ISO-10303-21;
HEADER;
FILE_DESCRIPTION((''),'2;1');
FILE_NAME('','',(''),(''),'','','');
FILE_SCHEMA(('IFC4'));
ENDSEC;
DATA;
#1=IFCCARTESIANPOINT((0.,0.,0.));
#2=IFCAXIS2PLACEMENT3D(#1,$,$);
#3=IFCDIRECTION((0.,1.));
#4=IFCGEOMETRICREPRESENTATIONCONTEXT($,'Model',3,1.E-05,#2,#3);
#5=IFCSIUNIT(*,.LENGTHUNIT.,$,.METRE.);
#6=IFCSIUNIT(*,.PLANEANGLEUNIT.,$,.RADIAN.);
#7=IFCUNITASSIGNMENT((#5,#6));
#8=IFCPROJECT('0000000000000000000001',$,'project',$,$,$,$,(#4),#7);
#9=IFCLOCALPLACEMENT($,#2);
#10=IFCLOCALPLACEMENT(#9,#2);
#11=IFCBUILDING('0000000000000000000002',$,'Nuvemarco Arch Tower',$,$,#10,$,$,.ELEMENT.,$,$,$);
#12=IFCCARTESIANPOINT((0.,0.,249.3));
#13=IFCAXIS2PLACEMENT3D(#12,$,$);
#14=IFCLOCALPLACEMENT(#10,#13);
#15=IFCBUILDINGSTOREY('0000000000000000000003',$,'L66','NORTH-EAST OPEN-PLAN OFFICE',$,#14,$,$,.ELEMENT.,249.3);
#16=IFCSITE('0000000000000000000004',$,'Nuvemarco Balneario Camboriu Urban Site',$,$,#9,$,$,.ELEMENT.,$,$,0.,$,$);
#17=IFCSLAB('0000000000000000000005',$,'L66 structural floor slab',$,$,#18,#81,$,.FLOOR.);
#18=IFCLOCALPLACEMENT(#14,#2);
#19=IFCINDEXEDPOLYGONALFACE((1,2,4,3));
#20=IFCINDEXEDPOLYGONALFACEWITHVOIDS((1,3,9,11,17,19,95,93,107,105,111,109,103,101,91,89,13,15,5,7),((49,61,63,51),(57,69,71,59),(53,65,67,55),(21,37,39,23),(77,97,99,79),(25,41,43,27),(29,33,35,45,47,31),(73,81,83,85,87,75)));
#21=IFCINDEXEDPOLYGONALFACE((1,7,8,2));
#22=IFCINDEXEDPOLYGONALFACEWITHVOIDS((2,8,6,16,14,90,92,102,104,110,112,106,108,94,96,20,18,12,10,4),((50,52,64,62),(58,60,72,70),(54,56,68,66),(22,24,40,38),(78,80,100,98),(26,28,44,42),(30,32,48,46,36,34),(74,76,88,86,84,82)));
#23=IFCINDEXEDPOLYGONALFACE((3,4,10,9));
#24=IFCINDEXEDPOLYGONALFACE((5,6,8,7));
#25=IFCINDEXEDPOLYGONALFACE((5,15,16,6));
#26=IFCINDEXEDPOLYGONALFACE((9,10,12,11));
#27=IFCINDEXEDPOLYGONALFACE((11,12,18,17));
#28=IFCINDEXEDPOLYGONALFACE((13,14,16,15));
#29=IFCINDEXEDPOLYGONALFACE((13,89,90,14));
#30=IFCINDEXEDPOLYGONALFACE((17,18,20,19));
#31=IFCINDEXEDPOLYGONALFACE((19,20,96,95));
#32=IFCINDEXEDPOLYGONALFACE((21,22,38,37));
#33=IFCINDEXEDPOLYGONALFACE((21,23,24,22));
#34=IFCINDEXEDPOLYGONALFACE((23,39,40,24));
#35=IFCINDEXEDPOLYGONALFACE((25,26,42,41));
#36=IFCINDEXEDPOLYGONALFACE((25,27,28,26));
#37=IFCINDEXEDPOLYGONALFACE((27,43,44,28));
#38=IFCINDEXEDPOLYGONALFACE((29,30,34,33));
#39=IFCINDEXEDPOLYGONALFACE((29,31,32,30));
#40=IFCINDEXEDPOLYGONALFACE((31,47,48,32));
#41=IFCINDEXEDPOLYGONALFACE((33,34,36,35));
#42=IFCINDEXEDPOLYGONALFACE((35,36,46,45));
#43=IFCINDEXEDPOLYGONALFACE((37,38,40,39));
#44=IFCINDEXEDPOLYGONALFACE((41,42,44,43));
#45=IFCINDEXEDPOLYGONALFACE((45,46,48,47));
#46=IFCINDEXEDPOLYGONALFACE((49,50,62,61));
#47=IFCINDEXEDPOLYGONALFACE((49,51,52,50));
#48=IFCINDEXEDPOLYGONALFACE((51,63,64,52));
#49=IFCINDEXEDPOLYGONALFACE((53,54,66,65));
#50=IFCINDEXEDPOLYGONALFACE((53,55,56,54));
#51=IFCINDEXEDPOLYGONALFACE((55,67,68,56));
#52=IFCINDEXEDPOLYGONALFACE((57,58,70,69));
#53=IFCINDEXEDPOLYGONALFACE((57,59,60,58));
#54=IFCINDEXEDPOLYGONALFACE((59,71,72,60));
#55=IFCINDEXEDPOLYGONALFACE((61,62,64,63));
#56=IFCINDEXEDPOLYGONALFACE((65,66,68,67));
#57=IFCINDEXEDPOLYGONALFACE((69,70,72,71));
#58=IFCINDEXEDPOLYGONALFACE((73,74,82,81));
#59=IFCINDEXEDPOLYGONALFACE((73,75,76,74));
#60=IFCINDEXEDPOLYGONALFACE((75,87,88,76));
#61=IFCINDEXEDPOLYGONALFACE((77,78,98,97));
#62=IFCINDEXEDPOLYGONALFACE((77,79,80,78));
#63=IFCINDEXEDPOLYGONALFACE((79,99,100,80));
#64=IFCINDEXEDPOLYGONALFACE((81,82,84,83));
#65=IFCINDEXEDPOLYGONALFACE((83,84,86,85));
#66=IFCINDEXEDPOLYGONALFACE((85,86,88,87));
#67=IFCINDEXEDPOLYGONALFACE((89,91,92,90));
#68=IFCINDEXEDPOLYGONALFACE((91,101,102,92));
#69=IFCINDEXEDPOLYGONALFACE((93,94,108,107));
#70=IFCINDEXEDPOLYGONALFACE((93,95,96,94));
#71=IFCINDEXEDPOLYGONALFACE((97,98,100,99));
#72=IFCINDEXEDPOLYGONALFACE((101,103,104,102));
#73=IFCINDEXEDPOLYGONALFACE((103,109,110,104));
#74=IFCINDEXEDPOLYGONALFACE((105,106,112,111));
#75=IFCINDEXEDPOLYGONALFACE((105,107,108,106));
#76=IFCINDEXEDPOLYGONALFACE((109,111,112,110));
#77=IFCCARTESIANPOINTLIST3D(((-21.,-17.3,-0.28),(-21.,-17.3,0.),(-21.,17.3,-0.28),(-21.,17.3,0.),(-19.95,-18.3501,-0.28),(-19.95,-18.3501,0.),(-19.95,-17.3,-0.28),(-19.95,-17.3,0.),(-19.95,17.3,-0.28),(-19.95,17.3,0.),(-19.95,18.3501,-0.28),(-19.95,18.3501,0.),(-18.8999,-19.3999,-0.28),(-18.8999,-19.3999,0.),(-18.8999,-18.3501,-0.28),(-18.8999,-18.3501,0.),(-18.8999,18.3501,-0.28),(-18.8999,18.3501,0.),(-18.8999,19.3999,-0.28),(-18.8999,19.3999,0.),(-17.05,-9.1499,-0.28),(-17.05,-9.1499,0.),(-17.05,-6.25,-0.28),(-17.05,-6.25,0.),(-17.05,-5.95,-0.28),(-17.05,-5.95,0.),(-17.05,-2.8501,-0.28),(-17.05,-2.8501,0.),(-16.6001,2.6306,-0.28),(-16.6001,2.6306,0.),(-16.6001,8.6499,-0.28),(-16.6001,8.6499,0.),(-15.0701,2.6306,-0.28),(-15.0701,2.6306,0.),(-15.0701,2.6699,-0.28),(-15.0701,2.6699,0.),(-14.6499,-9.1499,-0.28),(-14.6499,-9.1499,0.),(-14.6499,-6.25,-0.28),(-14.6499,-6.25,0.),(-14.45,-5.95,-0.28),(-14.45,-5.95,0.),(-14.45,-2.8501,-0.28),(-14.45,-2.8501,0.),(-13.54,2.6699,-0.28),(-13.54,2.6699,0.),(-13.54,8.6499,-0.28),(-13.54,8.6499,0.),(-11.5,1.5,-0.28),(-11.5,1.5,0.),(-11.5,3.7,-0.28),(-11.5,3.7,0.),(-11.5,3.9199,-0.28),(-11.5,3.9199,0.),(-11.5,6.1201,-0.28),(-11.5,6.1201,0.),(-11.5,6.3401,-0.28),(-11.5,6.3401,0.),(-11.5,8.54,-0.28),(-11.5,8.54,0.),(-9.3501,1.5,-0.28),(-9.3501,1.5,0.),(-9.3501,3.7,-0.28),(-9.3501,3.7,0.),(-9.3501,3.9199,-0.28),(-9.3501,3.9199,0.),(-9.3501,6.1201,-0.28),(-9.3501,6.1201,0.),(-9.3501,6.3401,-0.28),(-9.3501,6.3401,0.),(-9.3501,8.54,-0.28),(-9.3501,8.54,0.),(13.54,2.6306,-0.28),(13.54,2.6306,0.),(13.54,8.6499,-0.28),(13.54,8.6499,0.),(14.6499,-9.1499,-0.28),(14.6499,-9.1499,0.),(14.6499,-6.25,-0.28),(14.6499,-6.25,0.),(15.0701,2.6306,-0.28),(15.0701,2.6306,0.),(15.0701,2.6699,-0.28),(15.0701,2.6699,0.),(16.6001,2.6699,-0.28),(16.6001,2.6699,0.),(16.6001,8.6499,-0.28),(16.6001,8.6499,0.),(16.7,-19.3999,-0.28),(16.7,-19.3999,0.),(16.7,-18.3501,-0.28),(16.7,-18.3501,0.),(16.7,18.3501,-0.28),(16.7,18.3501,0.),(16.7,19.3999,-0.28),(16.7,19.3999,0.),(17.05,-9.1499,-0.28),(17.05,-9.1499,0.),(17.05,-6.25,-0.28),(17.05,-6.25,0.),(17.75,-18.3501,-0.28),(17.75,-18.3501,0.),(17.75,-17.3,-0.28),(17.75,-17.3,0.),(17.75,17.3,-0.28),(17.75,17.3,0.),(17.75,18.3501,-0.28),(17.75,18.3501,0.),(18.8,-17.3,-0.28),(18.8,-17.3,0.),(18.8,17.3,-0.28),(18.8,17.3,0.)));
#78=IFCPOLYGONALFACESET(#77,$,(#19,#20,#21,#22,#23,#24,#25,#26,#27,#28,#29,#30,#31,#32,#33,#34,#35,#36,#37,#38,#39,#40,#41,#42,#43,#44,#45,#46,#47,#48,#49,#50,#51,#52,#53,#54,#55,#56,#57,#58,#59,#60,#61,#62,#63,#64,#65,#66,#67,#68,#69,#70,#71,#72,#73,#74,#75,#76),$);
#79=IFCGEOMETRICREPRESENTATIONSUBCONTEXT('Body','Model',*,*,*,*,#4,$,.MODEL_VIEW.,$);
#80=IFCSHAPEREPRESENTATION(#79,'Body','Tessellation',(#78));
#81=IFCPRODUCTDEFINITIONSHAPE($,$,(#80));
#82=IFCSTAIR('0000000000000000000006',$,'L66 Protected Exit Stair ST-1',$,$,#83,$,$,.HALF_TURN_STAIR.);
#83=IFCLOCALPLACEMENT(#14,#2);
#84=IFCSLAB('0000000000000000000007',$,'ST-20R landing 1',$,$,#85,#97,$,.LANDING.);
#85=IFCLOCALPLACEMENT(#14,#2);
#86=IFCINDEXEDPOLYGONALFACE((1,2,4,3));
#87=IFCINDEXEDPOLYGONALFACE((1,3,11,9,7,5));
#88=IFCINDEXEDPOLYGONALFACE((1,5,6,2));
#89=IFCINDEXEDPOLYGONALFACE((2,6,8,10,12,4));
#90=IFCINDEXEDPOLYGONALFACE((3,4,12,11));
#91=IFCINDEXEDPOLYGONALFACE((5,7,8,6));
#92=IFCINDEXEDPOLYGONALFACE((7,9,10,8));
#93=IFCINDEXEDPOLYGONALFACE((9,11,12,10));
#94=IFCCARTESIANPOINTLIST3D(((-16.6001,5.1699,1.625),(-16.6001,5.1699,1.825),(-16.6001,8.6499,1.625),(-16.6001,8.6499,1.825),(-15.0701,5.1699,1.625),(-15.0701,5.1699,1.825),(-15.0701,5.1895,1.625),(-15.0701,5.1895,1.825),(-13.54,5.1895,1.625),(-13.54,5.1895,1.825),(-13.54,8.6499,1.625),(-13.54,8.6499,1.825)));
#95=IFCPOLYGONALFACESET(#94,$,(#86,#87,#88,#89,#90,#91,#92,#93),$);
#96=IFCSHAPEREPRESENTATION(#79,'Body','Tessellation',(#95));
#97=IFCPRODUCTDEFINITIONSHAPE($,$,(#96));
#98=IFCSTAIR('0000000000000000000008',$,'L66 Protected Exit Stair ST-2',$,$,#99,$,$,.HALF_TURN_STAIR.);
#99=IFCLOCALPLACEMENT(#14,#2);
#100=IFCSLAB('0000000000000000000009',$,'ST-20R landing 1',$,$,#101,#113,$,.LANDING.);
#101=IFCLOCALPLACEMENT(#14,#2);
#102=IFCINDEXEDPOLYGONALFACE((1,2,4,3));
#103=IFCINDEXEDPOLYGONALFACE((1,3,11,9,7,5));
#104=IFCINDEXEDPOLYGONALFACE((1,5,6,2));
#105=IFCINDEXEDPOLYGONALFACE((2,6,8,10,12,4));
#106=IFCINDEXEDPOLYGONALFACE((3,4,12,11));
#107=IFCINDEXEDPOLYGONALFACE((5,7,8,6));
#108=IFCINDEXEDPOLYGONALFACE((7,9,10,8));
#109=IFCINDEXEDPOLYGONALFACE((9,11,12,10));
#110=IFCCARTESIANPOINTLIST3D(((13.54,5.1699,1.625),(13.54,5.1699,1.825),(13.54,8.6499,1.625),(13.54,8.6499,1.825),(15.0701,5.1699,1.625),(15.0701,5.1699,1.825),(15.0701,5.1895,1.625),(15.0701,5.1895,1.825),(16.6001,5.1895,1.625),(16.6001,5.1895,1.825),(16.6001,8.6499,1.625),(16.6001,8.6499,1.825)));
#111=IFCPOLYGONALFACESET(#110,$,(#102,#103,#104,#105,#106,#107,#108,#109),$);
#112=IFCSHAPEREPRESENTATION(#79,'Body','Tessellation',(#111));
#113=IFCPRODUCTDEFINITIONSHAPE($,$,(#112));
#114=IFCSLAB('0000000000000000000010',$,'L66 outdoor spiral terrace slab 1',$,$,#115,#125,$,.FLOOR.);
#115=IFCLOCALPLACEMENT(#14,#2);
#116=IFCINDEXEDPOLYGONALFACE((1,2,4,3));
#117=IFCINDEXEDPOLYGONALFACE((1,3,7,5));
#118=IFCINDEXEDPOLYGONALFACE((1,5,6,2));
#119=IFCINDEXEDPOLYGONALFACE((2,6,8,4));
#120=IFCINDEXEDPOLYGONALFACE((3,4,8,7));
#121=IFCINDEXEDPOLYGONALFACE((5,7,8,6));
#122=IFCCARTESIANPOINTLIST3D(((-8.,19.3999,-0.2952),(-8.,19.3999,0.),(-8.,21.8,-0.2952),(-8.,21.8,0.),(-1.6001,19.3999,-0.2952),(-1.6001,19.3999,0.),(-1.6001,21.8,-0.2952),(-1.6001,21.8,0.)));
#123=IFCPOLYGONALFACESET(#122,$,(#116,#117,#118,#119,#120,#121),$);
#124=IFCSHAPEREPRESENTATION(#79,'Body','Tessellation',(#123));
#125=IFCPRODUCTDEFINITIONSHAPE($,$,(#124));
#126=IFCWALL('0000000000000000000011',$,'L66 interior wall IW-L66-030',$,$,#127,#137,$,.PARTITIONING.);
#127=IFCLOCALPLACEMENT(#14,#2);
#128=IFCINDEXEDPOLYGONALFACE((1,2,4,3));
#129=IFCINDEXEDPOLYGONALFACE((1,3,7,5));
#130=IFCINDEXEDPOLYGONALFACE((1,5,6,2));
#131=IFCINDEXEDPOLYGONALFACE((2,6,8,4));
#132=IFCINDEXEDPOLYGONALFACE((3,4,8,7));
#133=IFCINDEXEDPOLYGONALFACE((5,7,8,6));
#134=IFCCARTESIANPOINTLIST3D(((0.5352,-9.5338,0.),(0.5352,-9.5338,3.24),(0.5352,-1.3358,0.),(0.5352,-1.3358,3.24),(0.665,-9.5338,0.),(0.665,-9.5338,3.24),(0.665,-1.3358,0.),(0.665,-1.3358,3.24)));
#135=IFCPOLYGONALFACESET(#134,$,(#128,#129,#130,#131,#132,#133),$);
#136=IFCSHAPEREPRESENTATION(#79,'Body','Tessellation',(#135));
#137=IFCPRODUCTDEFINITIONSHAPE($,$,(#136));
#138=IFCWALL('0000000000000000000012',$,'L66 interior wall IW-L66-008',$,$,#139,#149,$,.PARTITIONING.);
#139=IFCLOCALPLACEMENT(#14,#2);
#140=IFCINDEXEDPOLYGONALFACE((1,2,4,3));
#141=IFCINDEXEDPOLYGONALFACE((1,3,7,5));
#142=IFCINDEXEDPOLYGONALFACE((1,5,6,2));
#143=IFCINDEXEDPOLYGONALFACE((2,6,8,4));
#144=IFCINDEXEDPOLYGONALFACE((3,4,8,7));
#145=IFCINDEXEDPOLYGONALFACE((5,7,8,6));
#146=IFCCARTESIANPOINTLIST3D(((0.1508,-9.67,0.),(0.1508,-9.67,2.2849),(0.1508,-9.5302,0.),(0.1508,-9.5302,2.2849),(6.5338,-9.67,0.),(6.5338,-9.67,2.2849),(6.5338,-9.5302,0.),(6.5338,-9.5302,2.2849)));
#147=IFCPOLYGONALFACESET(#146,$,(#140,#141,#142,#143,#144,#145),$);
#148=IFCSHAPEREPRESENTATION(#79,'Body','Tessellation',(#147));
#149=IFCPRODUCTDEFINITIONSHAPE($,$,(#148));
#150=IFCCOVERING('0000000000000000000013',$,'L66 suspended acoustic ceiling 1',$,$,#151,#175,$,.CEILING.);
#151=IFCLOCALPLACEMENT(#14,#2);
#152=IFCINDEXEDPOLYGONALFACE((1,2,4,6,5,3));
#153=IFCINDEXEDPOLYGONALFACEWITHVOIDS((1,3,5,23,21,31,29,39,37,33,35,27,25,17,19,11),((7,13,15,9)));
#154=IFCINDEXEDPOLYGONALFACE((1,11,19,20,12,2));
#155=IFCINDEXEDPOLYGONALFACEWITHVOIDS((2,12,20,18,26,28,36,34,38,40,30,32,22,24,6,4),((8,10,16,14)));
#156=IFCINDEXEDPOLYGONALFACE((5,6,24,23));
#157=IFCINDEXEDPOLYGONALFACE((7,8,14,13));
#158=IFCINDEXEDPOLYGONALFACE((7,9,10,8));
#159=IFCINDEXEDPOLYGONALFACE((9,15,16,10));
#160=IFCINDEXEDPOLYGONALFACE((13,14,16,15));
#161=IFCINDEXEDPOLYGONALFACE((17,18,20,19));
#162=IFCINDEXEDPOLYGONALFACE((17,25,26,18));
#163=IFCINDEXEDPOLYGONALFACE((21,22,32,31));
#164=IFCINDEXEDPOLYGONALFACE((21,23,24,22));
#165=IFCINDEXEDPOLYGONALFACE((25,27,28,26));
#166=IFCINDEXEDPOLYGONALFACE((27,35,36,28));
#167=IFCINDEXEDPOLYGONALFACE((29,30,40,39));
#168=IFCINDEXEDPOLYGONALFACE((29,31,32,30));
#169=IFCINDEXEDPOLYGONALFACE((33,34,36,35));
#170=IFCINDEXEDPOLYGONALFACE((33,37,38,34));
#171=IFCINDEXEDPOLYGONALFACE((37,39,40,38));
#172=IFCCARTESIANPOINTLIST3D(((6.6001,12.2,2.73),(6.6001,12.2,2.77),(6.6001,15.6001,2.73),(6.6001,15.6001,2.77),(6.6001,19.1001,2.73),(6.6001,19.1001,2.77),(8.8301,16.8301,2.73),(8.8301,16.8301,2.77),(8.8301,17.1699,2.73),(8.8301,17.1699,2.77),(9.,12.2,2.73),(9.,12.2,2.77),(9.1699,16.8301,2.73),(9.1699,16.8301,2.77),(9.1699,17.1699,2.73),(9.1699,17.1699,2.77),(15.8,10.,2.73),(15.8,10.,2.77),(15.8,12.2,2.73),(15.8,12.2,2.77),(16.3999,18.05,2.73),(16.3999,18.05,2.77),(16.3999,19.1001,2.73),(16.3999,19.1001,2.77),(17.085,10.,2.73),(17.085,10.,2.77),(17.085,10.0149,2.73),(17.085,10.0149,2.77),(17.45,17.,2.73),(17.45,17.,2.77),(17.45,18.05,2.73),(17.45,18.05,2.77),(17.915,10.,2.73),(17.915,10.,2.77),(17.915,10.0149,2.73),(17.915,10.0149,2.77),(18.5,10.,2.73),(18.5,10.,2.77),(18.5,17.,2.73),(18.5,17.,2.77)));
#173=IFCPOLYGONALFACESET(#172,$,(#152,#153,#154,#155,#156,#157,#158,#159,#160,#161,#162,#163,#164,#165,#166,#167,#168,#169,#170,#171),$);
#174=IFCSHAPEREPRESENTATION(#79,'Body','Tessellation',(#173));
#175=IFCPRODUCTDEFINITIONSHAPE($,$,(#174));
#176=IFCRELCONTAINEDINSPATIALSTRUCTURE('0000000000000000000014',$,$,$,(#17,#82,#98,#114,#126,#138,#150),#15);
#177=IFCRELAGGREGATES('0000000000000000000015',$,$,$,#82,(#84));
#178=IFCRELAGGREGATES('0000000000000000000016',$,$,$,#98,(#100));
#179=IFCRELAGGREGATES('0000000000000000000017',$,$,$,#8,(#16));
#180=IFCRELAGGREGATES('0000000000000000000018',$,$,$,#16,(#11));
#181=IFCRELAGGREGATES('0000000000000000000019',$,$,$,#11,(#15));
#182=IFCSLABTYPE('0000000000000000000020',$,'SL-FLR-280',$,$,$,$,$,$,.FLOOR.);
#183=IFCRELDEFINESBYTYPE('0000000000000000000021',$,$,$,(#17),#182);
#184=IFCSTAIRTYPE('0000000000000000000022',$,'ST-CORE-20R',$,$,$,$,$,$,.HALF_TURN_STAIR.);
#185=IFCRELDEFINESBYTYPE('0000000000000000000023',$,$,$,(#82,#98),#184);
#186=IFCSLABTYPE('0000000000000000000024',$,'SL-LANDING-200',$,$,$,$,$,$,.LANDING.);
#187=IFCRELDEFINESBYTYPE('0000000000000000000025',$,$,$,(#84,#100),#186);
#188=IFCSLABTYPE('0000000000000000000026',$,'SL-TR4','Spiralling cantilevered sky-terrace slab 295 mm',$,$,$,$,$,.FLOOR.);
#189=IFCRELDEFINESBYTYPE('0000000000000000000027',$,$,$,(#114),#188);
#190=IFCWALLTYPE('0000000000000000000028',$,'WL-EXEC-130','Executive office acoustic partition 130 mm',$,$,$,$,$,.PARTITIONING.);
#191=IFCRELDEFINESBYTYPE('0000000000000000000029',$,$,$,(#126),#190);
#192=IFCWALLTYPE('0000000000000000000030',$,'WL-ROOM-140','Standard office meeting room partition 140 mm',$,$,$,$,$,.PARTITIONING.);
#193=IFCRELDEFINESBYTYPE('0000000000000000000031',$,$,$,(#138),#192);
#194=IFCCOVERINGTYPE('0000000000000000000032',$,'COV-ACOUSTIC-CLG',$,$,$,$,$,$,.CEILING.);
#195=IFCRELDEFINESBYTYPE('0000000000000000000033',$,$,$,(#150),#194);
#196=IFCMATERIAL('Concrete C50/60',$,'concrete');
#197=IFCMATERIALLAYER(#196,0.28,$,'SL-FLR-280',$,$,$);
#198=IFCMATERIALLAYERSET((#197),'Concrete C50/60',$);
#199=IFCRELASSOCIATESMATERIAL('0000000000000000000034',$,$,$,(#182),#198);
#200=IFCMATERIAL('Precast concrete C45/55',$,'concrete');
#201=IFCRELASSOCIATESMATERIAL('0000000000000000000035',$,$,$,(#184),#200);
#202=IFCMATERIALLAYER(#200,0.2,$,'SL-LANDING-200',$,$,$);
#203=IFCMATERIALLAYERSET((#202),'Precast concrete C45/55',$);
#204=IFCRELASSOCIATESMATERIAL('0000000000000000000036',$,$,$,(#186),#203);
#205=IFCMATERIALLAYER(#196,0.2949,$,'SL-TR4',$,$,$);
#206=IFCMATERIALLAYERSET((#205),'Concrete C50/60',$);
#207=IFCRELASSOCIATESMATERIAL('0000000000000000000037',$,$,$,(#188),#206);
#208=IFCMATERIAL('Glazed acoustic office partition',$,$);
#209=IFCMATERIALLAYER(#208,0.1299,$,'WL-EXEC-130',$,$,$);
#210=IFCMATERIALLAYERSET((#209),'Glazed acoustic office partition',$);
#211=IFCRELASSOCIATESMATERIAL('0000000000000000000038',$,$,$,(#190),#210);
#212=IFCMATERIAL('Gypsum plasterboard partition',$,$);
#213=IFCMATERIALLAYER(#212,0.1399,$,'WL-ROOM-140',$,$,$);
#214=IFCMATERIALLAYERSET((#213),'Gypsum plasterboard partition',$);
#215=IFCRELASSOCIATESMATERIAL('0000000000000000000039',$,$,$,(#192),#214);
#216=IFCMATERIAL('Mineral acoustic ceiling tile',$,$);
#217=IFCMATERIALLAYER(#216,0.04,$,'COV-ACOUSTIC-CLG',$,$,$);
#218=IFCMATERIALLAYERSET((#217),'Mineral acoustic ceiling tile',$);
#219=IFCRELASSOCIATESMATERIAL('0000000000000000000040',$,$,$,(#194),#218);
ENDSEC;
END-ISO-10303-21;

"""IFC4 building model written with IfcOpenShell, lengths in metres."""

from ifc_helpers import new_model, si_unit, direction, frame, frame_2d, origin, place, context, subcontext, project, spatial, polyline, rectangle, outline, extrude, material, layer, layer_set, type_object, element, aggregate, save


model = new_model("IFC4")

# Units and contexts
model_context = context("Model", 3, precision=1e-05, world=origin(), true_north=direction((0.0, 1.0)))
body_context = subcontext(model_context, "Body", "Model", "MODEL_VIEW")
ifc_project = project(units=[si_unit("LENGTHUNIT", "METRE"), si_unit("PLANEANGLEUNIT", "RADIAN")], contexts=[model_context])

# Site, building, storey
site_placement = place(None, origin())
site = spatial("IfcSite", under=ifc_project, at=site_placement, Name="Nuvemarco Balneario Camboriu Urban Site", CompositionType="ELEMENT", RefElevation=0.0)
building_placement = place(site_placement, origin())
building = spatial("IfcBuilding", under=site, at=building_placement, Name="Nuvemarco Arch Tower", CompositionType="ELEMENT")
storey_placement = place(building_placement, frame((0.0, 0.0, 249.3)))
storey = spatial("IfcBuildingStorey", under=building, at=storey_placement, Name="L66", Description="NORTH-EAST OPEN-PLAN OFFICE", CompositionType="ELEMENT", Elevation=249.3)

# Slab
ifc_material_1 = material(Name="Concrete C50/60", Category="concrete")
ifc_layer_1 = layer(ifc_material_1, 0.28, Name="SL-FLR-280")
ifc_layer_set_1 = layer_set([ifc_layer_1], Name="Concrete C50/60")
slab_type_1 = type_object("IfcSlabType", Name="SL-FLR-280", PredefinedType="FLOOR", material=ifc_layer_set_1)
slab_1_placement = place(storey_placement, frame((0.0, 0.0, -0.28)))
element("IfcSlab", 1, at=slab_1_placement, inside=storey, type_object=slab_type_1, Name="L66 structural floor slab", PredefinedType="FLOOR", context=body_context, shape_type="SweptSolid", body=[
    extrude(outline(polyline([(-18.8999, -19.3999), (16.7, -19.3999), (16.7, -18.3501), (17.75, -18.3501), (17.75, -17.3), (18.8, -17.3), (18.8, 17.3), (17.75, 17.3), (17.75, 18.3501), (16.7, 18.3501), (16.7, 19.3999), (-18.8999, 19.3999), (-18.8999, 18.3501), (-19.95, 18.3501), (-19.95, 17.3), (-21.0, 17.3), (-21.0, -17.3), (-19.95, -17.3), (-19.95, -18.3501), (-18.8999, -18.3501), (-18.8999, -19.3999)]), holes=[polyline([(-13.54, 2.6699), (-13.54, 8.6499), (-16.6001, 8.6499), (-16.6001, 2.6306), (-15.0701, 2.6306), (-15.0701, 2.6699), (-13.54, 2.6699)]), polyline([(16.6001, 2.6699), (16.6001, 8.6499), (13.54, 8.6499), (13.54, 2.6306), (15.0701, 2.6306), (15.0701, 2.6699), (16.6001, 2.6699)]), polyline([(-17.05, -9.1499), (-14.6499, -9.1499), (-14.6499, -6.25), (-17.05, -6.25), (-17.05, -9.1499)]), polyline([(-17.05, -5.95), (-14.45, -5.95), (-14.45, -2.8501), (-17.05, -2.8501), (-17.05, -5.95)]), polyline([(-11.5, 1.5), (-9.3501, 1.5), (-9.3501, 3.7), (-11.5, 3.7), (-11.5, 1.5)]), polyline([(-11.5, 3.9199), (-9.3501, 3.9199), (-9.3501, 6.1201), (-11.5, 6.1201), (-11.5, 3.9199)]), polyline([(-11.5, 6.3401), (-9.3501, 6.3401), (-9.3501, 8.54), (-11.5, 8.54), (-11.5, 6.3401)]), polyline([(14.6499, -9.1499), (17.05, -9.1499), (17.05, -6.25), (14.6499, -6.25), (14.6499, -9.1499)])]), origin(), (0.0, 0.0, 1.0), 0.28),
])

# Stairs, slabs
ifc_material_2 = material(Name="Precast concrete C45/55", Category="concrete")
stair_type = type_object("IfcStairType", Name="ST-CORE-20R", PredefinedType="HALF_TURN_STAIR", material=ifc_material_2)
stair_1_placement = place(storey_placement, origin())
stair_1 = element("IfcStair", 2, at=stair_1_placement, inside=storey, type_object=stair_type, Name="L66 Protected Exit Stair ST-1", PredefinedType="HALF_TURN_STAIR")
ifc_layer_2 = layer(ifc_material_2, 0.2, Name="SL-LANDING-200")
ifc_layer_set_2 = layer_set([ifc_layer_2], Name="Precast concrete C45/55")
slab_type_2 = type_object("IfcSlabType", Name="SL-LANDING-200", PredefinedType="LANDING", material=ifc_layer_set_2)
slab_2_placement = place(storey_placement, frame((0.0, 0.0, 1.625)))
slab_2 = element("IfcSlab", 3, at=slab_2_placement, type_object=slab_type_2, Name="ST-20R landing 1", PredefinedType="LANDING", context=body_context, shape_type="SweptSolid", body=[
    extrude(outline(polyline([(-13.54, 5.1895), (-13.54, 8.6499), (-16.6001, 8.6499), (-16.6001, 5.1699), (-15.0701, 5.1699), (-15.0701, 5.1895), (-13.54, 5.1895)])), origin(), (0.0, 0.0, 1.0), 0.2),
])
aggregate(stair_1, [slab_2])
stair_2_placement = place(storey_placement, origin())
stair_2 = element("IfcStair", 4, at=stair_2_placement, inside=storey, type_object=stair_type, Name="L66 Protected Exit Stair ST-2", PredefinedType="HALF_TURN_STAIR")
slab_3_placement = place(storey_placement, frame((0.0, 0.0, 1.625)))
slab_3 = element("IfcSlab", 5, at=slab_3_placement, type_object=slab_type_2, Name="ST-20R landing 1", PredefinedType="LANDING", context=body_context, shape_type="SweptSolid", body=[
    extrude(outline(polyline([(16.6001, 5.1895), (16.6001, 8.6499), (13.54, 8.6499), (13.54, 5.1699), (15.0701, 5.1699), (15.0701, 5.1895), (16.6001, 5.1895)])), origin(), (0.0, 0.0, 1.0), 0.2),
])
aggregate(stair_2, [slab_3])

# Slab
ifc_layer_3 = layer(ifc_material_1, 0.2949, Name="SL-TR4")
ifc_layer_set_3 = layer_set([ifc_layer_3], Name="Concrete C50/60")
slab_type_3 = type_object("IfcSlabType", Name="SL-TR4", Description="Spiralling cantilevered sky-terrace slab 295 mm", PredefinedType="FLOOR", material=ifc_layer_set_3)
slab_4_placement = place(storey_placement, frame((0.0, 0.0, -0.2952)))
element("IfcSlab", 6, at=slab_4_placement, inside=storey, type_object=slab_type_3, Name="L66 outdoor spiral terrace slab 1", PredefinedType="FLOOR", context=body_context, shape_type="SweptSolid", body=[
    extrude(outline(polyline([(-8.0, 19.3999), (-1.6001, 19.3999), (-1.6001, 21.8), (-8.0, 21.8), (-8.0, 19.3999)])), origin(), (0.0, 0.0, 1.0), 0.2952),
])

# Walls
ifc_material_3 = material(Name="Glazed acoustic office partition")
ifc_layer_4 = layer(ifc_material_3, 0.1299, Name="WL-EXEC-130")
ifc_layer_set_4 = layer_set([ifc_layer_4], Name="Glazed acoustic office partition")
wall_type_1 = type_object("IfcWallType", Name="WL-EXEC-130", Description="Executive office acoustic partition 130 mm", PredefinedType="PARTITIONING", material=ifc_layer_set_4)
wall_1_placement = place(storey_placement, frame((0.6001, -9.5339, 0.0), z_axis=(0.0, 0.0, 1.0), x_axis=(0.0, 1.0, 0.0)))
element("IfcWall", 7, at=wall_1_placement, inside=storey, type_object=wall_type_1, Name="L66 interior wall IW-L66-030", PredefinedType="PARTITIONING", context=body_context, shape_type="SweptSolid", body=[
    extrude(rectangle(XDim=8.198, YDim=0.1299, at=frame_2d((4.0991, 0.0))), origin(), (0.0, 0.0, 1.0), 3.24),
])
ifc_material_4 = material(Name="Gypsum plasterboard partition")
ifc_layer_5 = layer(ifc_material_4, 0.1399, Name="WL-ROOM-140")
ifc_layer_set_5 = layer_set([ifc_layer_5], Name="Gypsum plasterboard partition")
wall_type_2 = type_object("IfcWallType", Name="WL-ROOM-140", Description="Standard office meeting room partition 140 mm", PredefinedType="PARTITIONING", material=ifc_layer_set_5)
wall_2_placement = place(storey_placement, frame((0.1509, -9.6001, 0.0), z_axis=(0.0, 0.0, 1.0), x_axis=(1.0, 0.0, 0.0)))
element("IfcWall", 8, at=wall_2_placement, inside=storey, type_object=wall_type_2, Name="L66 interior wall IW-L66-008", PredefinedType="PARTITIONING", context=body_context, shape_type="SweptSolid", body=[
    extrude(rectangle(XDim=6.3831, YDim=0.1399, at=frame_2d((3.1914, 0.0))), origin(), (0.0, 0.0, 1.0), 2.2849),
])

# Covering
ifc_material_5 = material(Name="Mineral acoustic ceiling tile")
ifc_layer_6 = layer(ifc_material_5, 0.04, Name="COV-ACOUSTIC-CLG")
ifc_layer_set_6 = layer_set([ifc_layer_6], Name="Mineral acoustic ceiling tile")
covering_type = type_object("IfcCoveringType", Name="COV-ACOUSTIC-CLG", PredefinedType="CEILING", material=ifc_layer_set_6)
covering_1_placement = place(storey_placement, frame((0.0, 0.0, 2.73)))
element("IfcCovering", 9, at=covering_1_placement, inside=storey, type_object=covering_type, Name="L66 suspended acoustic ceiling 1", PredefinedType="CEILING", context=body_context, shape_type="SweptSolid", body=[
    extrude(outline(polyline([(18.5, 17.0), (18.5, 10.0), (17.915, 10.0), (17.915, 10.0149), (17.085, 10.0149), (17.085, 10.0), (15.8, 10.0), (15.8, 12.2), (9.0, 12.2), (6.6001, 12.2), (6.6001, 15.6001), (6.6001, 19.1001), (16.3999, 19.1001), (16.3999, 18.05), (17.45, 18.05), (17.45, 17.0), (18.5, 17.0)]), holes=[polyline([(9.1699, 17.1699), (8.8301, 17.1699), (8.8301, 16.8301), (9.1699, 16.8301), (9.1699, 17.1699)])]), origin(), (0.0, 0.0, 1.0), 0.04),
])

save(model, "model.ifc")
